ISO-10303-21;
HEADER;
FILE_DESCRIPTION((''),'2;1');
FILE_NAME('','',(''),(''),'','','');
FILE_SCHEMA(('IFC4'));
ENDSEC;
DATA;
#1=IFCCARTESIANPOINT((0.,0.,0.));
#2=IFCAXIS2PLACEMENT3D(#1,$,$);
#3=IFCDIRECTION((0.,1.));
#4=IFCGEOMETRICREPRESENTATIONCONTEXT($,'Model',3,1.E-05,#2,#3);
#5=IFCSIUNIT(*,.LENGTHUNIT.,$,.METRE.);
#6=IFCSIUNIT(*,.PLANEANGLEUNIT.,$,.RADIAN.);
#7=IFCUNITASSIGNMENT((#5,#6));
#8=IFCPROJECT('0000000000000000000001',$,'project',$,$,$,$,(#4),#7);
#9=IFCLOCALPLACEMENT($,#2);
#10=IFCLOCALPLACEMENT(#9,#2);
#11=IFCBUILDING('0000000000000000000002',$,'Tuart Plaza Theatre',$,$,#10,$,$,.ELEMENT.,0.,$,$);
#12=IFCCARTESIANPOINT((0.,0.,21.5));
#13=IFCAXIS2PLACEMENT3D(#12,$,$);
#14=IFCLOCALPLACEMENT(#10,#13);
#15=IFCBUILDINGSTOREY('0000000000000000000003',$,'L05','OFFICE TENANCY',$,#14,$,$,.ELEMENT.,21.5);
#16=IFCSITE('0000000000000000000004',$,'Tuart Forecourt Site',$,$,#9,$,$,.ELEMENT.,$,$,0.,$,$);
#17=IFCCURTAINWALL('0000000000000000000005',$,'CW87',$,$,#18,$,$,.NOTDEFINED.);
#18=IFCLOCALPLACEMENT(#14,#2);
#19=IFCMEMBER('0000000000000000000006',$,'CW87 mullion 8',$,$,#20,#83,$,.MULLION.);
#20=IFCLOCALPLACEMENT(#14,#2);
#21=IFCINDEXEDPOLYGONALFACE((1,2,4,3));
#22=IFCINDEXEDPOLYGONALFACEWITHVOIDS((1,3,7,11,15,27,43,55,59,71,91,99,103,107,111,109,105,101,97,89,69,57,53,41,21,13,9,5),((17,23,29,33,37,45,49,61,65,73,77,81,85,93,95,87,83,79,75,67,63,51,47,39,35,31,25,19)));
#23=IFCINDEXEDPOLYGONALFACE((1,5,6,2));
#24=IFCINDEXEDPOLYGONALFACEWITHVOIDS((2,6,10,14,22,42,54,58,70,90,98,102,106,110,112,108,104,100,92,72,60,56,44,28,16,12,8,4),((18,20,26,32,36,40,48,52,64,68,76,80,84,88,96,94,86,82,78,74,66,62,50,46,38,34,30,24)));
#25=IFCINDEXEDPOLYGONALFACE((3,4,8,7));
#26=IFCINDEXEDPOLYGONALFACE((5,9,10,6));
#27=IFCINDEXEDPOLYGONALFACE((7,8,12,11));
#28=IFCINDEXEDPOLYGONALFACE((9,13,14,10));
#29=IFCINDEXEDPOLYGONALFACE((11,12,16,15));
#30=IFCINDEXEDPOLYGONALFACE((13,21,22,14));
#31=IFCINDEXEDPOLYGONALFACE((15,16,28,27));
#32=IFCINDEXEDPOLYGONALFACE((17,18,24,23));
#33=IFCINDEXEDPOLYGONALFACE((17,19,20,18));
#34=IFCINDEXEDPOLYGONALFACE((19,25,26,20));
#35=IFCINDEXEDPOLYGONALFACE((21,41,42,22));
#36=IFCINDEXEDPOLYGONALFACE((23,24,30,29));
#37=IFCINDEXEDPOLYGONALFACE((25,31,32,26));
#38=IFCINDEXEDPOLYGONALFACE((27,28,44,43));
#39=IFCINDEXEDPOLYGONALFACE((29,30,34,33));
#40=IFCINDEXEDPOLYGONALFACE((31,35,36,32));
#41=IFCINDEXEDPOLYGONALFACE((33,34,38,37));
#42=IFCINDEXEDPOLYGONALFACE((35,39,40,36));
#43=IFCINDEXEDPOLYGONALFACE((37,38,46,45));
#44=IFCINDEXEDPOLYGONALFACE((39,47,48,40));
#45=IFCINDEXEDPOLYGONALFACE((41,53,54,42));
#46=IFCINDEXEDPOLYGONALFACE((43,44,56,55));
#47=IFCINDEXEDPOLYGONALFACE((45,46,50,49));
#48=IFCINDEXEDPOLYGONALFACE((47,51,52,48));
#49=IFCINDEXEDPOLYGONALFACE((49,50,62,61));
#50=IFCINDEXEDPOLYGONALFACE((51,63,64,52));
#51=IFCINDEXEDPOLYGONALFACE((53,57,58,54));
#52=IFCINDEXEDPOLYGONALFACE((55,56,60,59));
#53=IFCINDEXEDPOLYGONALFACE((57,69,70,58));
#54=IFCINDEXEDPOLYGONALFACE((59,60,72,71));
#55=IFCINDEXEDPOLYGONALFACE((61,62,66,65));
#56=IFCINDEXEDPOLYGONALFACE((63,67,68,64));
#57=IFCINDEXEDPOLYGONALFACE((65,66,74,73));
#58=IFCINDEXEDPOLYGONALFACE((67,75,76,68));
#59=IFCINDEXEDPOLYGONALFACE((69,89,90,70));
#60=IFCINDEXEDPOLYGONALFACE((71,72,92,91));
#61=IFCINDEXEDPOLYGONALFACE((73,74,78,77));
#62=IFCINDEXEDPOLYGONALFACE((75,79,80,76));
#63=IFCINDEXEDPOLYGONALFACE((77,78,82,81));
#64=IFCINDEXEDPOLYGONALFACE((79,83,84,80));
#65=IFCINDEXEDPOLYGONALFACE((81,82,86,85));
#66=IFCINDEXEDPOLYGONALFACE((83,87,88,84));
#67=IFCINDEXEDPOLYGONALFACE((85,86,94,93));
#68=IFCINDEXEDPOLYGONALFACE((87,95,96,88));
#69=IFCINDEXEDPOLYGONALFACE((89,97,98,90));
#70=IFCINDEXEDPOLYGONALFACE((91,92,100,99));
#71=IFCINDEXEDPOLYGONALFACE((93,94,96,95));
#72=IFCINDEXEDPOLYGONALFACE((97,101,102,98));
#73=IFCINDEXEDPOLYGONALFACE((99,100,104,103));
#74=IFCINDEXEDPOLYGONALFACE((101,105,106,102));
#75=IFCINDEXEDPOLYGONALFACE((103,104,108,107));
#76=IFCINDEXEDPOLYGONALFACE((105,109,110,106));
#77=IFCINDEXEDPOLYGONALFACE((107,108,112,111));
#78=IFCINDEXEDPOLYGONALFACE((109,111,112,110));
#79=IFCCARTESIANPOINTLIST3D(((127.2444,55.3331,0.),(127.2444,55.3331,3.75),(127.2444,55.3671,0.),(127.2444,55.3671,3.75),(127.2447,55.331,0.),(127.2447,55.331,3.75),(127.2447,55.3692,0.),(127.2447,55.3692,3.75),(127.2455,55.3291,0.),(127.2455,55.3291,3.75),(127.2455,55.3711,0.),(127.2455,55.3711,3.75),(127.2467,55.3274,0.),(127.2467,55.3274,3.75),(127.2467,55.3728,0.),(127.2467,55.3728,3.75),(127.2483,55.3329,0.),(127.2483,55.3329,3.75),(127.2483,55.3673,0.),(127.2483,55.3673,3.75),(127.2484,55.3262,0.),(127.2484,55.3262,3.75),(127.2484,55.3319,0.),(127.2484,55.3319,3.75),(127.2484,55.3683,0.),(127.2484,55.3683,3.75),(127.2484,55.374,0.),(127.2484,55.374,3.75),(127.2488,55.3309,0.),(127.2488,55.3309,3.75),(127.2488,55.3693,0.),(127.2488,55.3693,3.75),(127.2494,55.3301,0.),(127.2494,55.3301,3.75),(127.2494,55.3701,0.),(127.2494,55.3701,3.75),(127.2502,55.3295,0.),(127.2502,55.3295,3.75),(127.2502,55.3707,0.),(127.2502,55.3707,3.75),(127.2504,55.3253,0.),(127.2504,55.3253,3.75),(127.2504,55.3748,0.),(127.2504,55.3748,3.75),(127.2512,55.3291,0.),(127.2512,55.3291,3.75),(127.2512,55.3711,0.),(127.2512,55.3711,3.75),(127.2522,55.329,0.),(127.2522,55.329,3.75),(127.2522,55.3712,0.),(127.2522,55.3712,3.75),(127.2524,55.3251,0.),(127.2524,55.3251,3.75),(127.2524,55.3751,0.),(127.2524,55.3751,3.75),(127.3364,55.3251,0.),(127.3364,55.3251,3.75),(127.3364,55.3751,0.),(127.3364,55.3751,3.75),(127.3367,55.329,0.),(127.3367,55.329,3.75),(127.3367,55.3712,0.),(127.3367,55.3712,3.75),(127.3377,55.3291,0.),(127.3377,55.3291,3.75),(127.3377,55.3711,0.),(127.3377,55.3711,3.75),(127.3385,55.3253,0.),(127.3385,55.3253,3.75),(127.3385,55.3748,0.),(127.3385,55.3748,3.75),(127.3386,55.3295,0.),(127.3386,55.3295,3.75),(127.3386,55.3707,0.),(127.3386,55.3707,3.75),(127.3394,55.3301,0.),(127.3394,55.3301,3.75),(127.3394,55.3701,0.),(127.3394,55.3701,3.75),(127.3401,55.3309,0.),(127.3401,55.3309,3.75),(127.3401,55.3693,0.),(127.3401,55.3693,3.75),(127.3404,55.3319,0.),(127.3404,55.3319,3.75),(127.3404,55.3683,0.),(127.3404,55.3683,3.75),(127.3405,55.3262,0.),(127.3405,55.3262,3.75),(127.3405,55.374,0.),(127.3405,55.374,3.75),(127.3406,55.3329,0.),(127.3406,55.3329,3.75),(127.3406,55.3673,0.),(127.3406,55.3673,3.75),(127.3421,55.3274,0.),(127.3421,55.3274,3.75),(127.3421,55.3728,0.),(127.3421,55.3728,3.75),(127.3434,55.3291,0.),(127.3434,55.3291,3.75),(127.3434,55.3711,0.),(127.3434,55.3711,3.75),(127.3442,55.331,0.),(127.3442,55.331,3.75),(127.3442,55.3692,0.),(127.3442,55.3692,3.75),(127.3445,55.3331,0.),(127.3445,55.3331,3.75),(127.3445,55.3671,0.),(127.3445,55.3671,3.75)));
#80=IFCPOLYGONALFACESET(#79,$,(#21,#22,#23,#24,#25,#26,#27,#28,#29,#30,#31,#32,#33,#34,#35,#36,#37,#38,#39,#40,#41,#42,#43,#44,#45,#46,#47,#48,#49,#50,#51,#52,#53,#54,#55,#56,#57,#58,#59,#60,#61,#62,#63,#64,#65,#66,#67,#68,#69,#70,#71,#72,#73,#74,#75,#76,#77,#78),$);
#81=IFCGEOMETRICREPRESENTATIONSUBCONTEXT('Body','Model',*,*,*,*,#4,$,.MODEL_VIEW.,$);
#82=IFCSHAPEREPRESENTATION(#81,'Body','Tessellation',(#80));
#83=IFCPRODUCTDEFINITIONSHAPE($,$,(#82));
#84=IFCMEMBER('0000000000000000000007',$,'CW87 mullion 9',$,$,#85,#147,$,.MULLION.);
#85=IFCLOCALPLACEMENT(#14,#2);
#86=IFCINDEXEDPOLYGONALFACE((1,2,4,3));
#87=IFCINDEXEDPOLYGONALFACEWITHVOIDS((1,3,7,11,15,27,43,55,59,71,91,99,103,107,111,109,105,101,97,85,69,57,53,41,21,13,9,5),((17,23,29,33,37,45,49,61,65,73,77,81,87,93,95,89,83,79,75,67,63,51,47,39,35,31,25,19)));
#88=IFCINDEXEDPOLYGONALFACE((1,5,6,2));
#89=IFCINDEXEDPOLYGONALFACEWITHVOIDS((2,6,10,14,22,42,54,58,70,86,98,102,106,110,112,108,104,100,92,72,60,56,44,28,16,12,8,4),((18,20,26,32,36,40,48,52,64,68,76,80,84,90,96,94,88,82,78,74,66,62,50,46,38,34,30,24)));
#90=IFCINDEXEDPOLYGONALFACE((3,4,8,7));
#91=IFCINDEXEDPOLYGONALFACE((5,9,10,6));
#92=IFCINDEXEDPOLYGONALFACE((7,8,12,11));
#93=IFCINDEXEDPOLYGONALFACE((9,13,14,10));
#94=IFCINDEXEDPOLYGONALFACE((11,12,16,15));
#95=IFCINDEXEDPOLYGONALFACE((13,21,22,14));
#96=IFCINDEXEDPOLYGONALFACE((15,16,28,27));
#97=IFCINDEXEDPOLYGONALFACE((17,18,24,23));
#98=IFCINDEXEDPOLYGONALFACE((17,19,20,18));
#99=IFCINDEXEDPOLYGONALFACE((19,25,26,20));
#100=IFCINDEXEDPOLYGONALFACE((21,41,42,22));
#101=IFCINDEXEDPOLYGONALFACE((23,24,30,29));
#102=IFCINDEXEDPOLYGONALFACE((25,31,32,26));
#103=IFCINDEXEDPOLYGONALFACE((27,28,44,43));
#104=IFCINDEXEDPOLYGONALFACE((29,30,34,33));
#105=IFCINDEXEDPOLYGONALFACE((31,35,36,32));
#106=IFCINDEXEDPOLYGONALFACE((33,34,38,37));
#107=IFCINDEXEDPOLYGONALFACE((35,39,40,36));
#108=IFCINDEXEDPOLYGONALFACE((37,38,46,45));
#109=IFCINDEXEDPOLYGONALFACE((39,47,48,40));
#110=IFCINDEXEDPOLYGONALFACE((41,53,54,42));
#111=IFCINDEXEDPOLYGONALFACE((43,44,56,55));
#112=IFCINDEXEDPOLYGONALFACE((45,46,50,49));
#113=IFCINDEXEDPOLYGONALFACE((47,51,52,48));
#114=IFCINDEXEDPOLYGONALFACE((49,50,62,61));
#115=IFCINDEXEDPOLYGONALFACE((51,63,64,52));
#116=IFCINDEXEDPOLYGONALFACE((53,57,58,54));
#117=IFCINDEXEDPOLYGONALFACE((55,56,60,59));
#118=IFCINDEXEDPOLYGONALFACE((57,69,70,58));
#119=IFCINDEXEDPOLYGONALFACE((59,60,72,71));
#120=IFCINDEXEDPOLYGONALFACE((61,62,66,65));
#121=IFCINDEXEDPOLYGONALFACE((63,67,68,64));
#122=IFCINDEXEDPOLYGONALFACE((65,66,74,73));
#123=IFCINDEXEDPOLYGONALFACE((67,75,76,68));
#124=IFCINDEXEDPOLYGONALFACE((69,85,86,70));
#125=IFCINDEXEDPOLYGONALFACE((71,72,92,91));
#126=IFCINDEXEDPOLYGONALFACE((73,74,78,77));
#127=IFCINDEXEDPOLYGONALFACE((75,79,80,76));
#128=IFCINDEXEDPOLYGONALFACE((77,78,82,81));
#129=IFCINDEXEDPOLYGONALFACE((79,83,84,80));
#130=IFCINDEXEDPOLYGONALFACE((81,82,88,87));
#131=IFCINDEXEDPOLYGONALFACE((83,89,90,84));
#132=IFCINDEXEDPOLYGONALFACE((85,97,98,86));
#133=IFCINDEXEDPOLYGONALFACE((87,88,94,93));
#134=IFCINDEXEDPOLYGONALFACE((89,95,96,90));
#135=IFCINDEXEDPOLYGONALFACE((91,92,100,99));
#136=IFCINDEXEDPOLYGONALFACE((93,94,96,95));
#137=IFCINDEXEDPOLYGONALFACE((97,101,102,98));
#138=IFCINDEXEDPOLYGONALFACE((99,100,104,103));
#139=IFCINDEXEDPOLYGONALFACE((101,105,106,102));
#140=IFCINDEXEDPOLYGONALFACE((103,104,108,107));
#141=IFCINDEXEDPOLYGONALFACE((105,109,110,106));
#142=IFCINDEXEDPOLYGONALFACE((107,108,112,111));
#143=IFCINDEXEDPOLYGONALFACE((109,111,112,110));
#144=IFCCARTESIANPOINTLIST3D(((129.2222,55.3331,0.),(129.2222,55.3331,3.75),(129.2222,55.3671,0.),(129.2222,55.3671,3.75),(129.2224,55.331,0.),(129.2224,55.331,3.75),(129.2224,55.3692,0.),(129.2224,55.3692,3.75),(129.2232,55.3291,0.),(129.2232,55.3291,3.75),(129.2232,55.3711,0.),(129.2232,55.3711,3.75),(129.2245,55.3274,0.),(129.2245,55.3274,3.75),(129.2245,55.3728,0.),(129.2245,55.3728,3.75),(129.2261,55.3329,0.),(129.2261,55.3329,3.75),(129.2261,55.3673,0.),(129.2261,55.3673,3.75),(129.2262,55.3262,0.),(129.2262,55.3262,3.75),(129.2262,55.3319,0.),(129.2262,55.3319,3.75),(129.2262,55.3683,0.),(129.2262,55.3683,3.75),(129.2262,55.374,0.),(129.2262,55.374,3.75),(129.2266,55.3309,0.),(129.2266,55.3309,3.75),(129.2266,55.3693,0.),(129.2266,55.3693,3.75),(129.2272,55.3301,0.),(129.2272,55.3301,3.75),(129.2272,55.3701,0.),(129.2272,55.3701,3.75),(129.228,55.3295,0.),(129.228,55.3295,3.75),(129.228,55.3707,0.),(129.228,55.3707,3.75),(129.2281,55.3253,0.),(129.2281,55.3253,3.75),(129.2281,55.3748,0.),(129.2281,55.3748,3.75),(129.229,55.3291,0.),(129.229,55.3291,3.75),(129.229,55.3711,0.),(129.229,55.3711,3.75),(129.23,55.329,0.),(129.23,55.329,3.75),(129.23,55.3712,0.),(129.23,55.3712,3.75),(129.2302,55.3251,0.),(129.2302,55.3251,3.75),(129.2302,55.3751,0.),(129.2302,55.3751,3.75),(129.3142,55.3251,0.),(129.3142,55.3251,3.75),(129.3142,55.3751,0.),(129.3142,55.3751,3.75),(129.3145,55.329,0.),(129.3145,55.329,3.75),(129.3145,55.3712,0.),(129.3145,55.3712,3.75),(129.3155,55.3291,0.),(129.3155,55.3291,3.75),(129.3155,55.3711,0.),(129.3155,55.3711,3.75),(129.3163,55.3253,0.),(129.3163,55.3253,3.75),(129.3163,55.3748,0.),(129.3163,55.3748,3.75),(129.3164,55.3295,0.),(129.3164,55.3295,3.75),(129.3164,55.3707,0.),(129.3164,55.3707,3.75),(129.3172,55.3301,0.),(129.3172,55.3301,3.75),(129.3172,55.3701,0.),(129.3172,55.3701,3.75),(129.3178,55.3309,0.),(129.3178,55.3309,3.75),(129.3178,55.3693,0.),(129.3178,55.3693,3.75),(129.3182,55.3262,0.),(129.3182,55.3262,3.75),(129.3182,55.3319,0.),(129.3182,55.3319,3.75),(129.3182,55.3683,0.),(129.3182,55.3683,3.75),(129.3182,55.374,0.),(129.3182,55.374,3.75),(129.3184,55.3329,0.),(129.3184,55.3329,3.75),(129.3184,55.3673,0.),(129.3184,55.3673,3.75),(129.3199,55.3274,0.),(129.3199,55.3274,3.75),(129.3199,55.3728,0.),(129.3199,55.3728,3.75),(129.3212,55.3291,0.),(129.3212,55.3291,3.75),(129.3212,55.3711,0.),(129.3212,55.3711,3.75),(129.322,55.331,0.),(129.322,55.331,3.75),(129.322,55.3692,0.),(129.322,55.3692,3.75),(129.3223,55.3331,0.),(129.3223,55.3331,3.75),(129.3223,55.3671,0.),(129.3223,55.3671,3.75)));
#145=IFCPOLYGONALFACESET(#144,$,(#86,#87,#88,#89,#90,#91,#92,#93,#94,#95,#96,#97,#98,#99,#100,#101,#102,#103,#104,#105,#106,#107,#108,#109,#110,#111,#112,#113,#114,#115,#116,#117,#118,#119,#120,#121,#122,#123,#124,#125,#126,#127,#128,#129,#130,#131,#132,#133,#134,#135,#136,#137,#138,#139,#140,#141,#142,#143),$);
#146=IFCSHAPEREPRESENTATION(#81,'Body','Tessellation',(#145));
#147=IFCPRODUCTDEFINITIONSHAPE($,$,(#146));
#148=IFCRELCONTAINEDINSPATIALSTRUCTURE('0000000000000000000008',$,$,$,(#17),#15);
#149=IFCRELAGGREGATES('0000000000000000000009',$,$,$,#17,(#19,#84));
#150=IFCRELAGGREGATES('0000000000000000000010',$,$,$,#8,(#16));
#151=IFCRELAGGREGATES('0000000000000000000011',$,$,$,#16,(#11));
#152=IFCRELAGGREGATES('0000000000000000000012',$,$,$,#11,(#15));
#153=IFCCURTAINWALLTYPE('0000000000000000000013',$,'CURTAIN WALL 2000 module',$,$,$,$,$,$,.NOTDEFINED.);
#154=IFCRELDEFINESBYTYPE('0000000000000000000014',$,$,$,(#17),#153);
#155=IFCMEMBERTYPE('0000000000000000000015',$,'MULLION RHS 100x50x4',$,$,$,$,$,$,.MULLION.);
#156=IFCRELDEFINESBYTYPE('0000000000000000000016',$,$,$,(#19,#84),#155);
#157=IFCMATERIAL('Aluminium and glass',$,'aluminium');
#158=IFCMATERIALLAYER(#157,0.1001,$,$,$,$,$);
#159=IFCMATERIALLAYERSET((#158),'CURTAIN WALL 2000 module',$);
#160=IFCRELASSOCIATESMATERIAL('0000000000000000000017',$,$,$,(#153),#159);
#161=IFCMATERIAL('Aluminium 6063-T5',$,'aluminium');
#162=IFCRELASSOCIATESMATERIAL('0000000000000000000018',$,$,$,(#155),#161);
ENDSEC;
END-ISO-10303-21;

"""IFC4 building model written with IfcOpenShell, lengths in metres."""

from ifc_helpers import new_model, si_unit, direction, frame, origin, origin_2d, place, context, subcontext, project, spatial, hollow_rectangle, extrude, material, layer, layer_set, material_profile, profile_set, type_object, element, aggregate, save


model = new_model("IFC4")

# Units and contexts
model_context = context("Model", 3, precision=1e-05, world=origin(), true_north=direction((0.0, 1.0)))
body_context = subcontext(model_context, "Body", "Model", "MODEL_VIEW")
ifc_project = project(units=[si_unit("LENGTHUNIT", "METRE"), si_unit("PLANEANGLEUNIT", "RADIAN")], contexts=[model_context])

# Site, building, storey
site_placement = place(None, origin())
site = spatial("IfcSite", under=ifc_project, at=site_placement, Name="Tuart Forecourt Site", CompositionType="ELEMENT", RefElevation=0.0)
building_placement = place(site_placement, origin())
building = spatial("IfcBuilding", under=site, at=building_placement, Name="Tuart Plaza Theatre", CompositionType="ELEMENT", ElevationOfRefHeight=0.0)
storey_placement = place(building_placement, frame((0.0, 0.0, 21.5)))
storey = spatial("IfcBuildingStorey", under=building, at=storey_placement, Name="L05", Description="OFFICE TENANCY", CompositionType="ELEMENT", Elevation=21.5)

# Shared definitions
ifc_material_1 = material(Name="Aluminium and glass", Category="aluminium")
ifc_layer_1 = layer(ifc_material_1, 0.1001)
ifc_layer_set_1 = layer_set([ifc_layer_1], Name="CURTAIN WALL 2000 module")
curtain_wall_type = type_object("IfcCurtainWallType", Name="CURTAIN WALL 2000 module", PredefinedType="NOTDEFINED", material=ifc_layer_set_1)
ifc_material_2 = material(Name="Aluminium 6063-T5", Category="aluminium")
ifc_material_profile_1 = material_profile(ifc_material_2, hollow_rectangle(XDim=0.05, YDim=0.1001, WallThickness=0.0039, InnerFilletRadius=0.0039, OuterFilletRadius=0.0081, at=origin_2d()), Name="RHS 100x50x4")
ifc_profile_set_1 = profile_set([ifc_material_profile_1], Name="Aluminium 6063-T5")
member_type_1 = type_object("IfcMemberType", Name="MULLION RHS 100x50x4", PredefinedType="MULLION", material=ifc_profile_set_1)

# Curtain wall, members
curtain_wall_1_placement = place(storey_placement, origin())
curtain_wall_1 = element("IfcCurtainWall", 1, at=curtain_wall_1_placement, inside=storey, type_object=curtain_wall_type, Name="CW87", PredefinedType="NOTDEFINED")
member_1_placement = place(storey_placement, frame((127.2944, 55.3501, 0.0), z_axis=(0.0, 0.0, 1.0), x_axis=(0.0, 1.0, 0.0)))
member_1 = element("IfcMember", 2, at=member_1_placement, type_object=member_type_1, Name="CW87 mullion 8", PredefinedType="MULLION", context=body_context, shape_type="SweptSolid", body=[
    extrude(hollow_rectangle(XDim=0.05, YDim=0.1001, WallThickness=0.0039, InnerFilletRadius=0.0039, OuterFilletRadius=0.0081, at=origin_2d()), origin(), (0.0, 0.0, 1.0), 3.75),
])
member_2_placement = place(storey_placement, frame((129.2722, 55.3501, 0.0), z_axis=(0.0, 0.0, 1.0), x_axis=(0.0, 1.0, 0.0)))
member_2 = element("IfcMember", 3, at=member_2_placement, type_object=member_type_1, Name="CW87 mullion 9", PredefinedType="MULLION", context=body_context, shape_type="SweptSolid", body=[
    extrude(hollow_rectangle(XDim=0.05, YDim=0.1001, WallThickness=0.0039, InnerFilletRadius=0.0039, OuterFilletRadius=0.0081, at=origin_2d()), origin(), (0.0, 0.0, 1.0), 3.75),
])

aggregate(curtain_wall_1, [member_1, member_2])

save(model, "model.ifc")
